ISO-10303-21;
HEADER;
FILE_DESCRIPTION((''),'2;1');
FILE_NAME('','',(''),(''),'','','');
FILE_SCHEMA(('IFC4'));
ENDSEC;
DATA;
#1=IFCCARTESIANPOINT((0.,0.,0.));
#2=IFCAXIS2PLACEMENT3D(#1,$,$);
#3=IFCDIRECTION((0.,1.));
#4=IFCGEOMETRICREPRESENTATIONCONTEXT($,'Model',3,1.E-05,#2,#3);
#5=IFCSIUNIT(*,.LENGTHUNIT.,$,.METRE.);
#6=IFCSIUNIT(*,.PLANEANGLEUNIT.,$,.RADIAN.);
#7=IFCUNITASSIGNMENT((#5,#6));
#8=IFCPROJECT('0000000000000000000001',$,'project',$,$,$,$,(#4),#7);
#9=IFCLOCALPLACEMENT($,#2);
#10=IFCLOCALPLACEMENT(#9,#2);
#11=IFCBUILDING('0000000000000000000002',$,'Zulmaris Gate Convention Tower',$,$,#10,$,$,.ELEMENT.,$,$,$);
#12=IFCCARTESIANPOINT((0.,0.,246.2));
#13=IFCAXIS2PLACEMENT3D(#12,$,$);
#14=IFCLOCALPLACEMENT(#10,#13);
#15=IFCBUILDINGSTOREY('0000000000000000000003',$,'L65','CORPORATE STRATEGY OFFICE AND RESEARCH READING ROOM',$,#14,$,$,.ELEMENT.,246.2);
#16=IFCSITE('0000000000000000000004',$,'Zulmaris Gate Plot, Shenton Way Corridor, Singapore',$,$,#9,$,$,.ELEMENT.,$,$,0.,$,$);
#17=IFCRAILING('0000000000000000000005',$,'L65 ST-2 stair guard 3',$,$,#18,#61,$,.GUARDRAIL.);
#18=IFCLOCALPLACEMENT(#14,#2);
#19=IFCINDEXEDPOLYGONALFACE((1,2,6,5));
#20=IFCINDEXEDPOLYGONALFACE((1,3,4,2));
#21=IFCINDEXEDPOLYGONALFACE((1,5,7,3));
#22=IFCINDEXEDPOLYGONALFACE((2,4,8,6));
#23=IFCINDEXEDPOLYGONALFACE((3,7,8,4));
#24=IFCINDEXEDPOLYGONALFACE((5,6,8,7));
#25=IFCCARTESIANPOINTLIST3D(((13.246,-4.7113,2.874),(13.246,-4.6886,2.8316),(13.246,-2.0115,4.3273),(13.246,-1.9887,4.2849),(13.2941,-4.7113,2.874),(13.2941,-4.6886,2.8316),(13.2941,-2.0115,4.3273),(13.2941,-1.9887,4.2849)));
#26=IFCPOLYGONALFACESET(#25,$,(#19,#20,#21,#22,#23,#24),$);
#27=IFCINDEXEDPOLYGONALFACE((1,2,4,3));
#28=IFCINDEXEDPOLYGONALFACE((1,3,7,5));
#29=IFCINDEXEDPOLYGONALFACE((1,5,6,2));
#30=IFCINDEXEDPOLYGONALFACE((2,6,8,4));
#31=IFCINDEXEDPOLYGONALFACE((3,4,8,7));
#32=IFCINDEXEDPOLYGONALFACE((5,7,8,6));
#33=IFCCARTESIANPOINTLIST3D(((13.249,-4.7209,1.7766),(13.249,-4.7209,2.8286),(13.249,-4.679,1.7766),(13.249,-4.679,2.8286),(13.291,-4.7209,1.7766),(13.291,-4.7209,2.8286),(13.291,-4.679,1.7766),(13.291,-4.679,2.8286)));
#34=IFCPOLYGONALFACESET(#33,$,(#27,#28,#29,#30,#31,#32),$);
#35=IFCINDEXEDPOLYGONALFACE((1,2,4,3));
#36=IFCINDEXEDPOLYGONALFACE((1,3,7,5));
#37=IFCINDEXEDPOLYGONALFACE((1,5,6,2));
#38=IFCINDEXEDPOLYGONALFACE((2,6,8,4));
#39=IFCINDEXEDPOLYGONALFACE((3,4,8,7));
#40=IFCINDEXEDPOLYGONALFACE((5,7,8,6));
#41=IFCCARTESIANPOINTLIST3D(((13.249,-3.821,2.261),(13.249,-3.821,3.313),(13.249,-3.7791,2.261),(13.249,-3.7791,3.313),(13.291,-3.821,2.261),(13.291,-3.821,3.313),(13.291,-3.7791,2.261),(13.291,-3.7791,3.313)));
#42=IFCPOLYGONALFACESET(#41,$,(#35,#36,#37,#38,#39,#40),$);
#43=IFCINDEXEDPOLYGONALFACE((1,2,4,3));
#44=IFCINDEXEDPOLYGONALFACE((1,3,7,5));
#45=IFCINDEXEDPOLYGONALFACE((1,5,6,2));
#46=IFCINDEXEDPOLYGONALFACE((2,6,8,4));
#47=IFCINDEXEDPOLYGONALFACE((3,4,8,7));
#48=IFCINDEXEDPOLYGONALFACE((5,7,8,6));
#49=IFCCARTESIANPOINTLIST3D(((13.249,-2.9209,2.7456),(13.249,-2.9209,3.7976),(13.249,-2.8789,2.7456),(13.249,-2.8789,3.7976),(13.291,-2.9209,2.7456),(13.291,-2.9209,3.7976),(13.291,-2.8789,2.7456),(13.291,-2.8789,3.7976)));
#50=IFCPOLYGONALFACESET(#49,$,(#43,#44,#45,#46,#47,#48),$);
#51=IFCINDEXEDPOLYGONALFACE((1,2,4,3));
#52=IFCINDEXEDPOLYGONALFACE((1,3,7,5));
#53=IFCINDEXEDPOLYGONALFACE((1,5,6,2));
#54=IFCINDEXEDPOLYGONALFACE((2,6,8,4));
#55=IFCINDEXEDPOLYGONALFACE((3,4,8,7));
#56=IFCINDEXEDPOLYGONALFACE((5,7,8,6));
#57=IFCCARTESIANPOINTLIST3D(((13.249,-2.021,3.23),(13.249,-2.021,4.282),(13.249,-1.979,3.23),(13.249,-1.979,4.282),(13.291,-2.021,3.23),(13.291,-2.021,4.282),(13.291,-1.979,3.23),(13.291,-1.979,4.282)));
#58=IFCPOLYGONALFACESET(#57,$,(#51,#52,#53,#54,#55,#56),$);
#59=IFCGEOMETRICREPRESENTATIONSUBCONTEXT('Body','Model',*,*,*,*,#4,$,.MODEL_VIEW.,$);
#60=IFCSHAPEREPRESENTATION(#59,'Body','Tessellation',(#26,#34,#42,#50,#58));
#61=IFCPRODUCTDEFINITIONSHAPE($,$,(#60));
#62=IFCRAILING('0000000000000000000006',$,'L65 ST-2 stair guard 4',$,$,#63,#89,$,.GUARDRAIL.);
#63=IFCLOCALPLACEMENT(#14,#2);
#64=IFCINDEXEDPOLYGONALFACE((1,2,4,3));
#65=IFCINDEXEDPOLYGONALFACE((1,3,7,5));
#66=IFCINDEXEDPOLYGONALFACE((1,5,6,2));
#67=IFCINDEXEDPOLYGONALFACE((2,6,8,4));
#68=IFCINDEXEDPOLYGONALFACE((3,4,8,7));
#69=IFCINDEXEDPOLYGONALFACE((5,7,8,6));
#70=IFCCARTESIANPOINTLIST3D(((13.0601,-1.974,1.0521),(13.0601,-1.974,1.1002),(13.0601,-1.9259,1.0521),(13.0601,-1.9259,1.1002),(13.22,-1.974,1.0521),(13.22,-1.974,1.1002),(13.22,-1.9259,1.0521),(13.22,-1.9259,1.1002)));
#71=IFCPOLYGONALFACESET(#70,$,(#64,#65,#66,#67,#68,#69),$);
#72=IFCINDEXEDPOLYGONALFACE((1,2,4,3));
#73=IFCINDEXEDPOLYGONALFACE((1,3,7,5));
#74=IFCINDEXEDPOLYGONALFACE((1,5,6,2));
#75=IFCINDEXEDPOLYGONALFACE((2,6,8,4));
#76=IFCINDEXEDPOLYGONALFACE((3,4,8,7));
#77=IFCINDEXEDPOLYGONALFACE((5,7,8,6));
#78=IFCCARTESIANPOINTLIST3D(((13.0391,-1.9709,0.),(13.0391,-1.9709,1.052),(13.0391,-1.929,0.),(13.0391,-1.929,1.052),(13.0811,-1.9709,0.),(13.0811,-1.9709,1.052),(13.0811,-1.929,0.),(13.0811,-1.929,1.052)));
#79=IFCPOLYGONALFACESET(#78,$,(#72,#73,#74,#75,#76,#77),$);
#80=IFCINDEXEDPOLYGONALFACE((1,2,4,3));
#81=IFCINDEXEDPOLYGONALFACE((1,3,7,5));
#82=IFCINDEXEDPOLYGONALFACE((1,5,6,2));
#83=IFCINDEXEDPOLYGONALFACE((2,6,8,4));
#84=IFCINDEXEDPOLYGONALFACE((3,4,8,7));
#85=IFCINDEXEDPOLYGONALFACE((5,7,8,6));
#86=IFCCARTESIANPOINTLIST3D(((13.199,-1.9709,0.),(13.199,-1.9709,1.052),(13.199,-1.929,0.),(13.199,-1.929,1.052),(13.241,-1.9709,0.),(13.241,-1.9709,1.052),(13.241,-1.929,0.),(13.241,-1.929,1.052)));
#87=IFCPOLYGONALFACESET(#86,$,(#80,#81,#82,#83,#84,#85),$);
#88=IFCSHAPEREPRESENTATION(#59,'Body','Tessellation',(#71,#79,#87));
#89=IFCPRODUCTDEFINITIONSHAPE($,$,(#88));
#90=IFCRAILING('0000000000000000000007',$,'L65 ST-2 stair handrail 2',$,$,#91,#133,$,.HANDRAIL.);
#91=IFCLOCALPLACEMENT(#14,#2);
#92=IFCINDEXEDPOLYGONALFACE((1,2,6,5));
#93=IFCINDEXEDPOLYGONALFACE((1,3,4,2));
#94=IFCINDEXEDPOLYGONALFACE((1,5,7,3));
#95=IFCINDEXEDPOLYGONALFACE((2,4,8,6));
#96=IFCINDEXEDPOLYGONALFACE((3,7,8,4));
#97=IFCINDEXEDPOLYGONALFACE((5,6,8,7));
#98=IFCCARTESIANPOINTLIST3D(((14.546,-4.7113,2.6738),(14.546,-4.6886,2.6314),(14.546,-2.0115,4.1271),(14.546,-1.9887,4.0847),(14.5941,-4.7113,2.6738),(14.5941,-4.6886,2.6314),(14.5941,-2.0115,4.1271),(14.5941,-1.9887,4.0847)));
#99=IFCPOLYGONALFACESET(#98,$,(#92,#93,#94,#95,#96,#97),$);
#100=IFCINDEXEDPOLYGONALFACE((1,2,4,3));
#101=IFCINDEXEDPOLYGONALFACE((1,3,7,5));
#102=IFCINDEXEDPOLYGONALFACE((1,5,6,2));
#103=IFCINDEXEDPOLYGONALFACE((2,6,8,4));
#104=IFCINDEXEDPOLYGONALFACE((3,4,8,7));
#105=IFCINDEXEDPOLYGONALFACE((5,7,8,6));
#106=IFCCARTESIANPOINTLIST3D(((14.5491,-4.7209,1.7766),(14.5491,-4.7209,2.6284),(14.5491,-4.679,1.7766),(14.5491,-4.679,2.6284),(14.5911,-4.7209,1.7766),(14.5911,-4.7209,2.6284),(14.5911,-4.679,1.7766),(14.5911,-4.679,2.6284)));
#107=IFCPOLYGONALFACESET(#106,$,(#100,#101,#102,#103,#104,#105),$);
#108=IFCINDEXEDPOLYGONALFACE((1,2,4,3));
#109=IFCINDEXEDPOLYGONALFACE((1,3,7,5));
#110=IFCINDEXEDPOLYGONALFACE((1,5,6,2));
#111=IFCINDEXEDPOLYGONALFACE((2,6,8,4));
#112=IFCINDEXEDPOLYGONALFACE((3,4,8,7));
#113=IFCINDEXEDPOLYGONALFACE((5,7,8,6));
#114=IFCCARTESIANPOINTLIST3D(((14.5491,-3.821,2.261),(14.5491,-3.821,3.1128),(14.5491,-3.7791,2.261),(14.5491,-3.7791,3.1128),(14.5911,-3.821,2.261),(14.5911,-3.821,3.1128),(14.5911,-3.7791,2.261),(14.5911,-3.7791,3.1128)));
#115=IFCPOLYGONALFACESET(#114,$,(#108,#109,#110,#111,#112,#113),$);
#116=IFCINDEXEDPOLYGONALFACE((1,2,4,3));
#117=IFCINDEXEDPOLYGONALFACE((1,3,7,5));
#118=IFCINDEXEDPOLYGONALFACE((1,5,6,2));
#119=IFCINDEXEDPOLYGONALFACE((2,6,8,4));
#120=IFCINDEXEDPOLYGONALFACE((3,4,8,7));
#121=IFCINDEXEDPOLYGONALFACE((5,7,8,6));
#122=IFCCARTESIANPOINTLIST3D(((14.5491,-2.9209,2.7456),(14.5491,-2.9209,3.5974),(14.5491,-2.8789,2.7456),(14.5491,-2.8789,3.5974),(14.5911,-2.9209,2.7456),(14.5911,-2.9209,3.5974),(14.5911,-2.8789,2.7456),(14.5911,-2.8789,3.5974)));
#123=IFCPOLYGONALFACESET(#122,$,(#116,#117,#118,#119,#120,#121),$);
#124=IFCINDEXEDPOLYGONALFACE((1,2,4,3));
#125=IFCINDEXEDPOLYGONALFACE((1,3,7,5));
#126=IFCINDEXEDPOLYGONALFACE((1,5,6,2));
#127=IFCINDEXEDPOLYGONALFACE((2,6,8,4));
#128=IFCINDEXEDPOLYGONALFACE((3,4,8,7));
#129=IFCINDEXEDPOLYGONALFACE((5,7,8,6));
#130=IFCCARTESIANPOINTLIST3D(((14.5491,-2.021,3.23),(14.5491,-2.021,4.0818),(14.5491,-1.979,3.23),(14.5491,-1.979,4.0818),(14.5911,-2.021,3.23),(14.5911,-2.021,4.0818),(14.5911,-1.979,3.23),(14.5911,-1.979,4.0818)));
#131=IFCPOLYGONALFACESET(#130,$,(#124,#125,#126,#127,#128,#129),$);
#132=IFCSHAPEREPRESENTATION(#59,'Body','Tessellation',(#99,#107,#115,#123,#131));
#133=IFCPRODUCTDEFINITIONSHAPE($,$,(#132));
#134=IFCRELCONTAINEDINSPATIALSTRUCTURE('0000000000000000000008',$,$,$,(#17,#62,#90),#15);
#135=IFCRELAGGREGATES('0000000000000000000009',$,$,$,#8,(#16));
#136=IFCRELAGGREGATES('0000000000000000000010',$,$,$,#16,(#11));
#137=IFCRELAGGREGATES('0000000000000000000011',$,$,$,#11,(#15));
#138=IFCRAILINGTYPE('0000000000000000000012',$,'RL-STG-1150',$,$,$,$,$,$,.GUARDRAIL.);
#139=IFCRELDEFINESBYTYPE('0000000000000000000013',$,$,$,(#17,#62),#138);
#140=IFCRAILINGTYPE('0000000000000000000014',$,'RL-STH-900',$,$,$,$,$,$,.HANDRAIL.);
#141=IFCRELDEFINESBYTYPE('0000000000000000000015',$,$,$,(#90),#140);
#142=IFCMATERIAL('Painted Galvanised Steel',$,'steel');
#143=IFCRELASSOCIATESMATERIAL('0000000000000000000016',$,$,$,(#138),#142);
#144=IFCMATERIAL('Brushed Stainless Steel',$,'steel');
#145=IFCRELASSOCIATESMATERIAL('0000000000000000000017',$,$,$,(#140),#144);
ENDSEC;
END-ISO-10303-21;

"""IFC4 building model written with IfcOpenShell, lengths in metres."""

from ifc_helpers import new_model, si_unit, direction, frame, origin, origin_2d, place, context, subcontext, project, spatial, rectangle, extrude, material, type_object, element, save


model = new_model("IFC4")

# Units and contexts
model_context = context("Model", 3, precision=1e-05, world=origin(), true_north=direction((0.0, 1.0)))
body_context = subcontext(model_context, "Body", "Model", "MODEL_VIEW")
ifc_project = project(units=[si_unit("LENGTHUNIT", "METRE"), si_unit("PLANEANGLEUNIT", "RADIAN")], contexts=[model_context])

# Site, building, storey
site_placement = place(None, origin())
site = spatial("IfcSite", under=ifc_project, at=site_placement, Name="Zulmaris Gate Plot, Shenton Way Corridor, Singapore", CompositionType="ELEMENT", RefElevation=0.0)
building_placement = place(site_placement, origin())
building = spatial("IfcBuilding", under=site, at=building_placement, Name="Zulmaris Gate Convention Tower", CompositionType="ELEMENT")
storey_placement = place(building_placement, frame((0.0, 0.0, 246.2)))
storey = spatial("IfcBuildingStorey", under=building, at=storey_placement, Name="L65", Description="CORPORATE STRATEGY OFFICE AND RESEARCH READING ROOM", CompositionType="ELEMENT", Elevation=246.2)

# Railings
ifc_material_1 = material(Name="Painted Galvanised Steel", Category="steel")
railing_type_1 = type_object("IfcRailingType", Name="RL-STG-1150", PredefinedType="GUARDRAIL", material=ifc_material_1)
railing_1_placement = place(storey_placement, frame((13.27, -4.7, 1.7766)))
element("IfcRailing", 1, at=railing_1_placement, inside=storey, type_object=railing_type_1, Name="L65 ST-2 stair guard 3", PredefinedType="GUARDRAIL", context=body_context, shape_type="SweptSolid", body=[
    extrude(rectangle(XDim=0.0481, YDim=0.0481, at=origin_2d()), frame((0.0, 0.0, 1.0762), z_axis=(0.0, 0.880532, 0.473986), x_axis=(-1.0, 0.0, 0.0)), (0.0, 0.0, 1.0), 3.0662),
    extrude(rectangle(XDim=0.042, YDim=0.042, at=origin_2d()), origin(), (0.0, 0.0, 1.0), 1.052),
    extrude(rectangle(XDim=0.042, YDim=0.042, at=origin_2d()), frame((0.0, 0.8999, 0.4844)), (0.0, 0.0, 1.0), 1.052),
    extrude(rectangle(XDim=0.042, YDim=0.042, at=origin_2d()), frame((0.0, 1.8, 0.969)), (0.0, 0.0, 1.0), 1.052),
    extrude(rectangle(XDim=0.042, YDim=0.042, at=origin_2d()), frame((0.0, 2.7, 1.4534)), (0.0, 0.0, 1.0), 1.052),
])
railing_2_placement = place(storey_placement, frame((13.0601, -1.95, 0.0)))
element("IfcRailing", 2, at=railing_2_placement, inside=storey, type_object=railing_type_1, Name="L65 ST-2 stair guard 4", PredefinedType="GUARDRAIL", context=body_context, shape_type="SweptSolid", body=[
    extrude(rectangle(XDim=0.0481, YDim=0.0481, at=origin_2d()), frame((0.0, 0.0, 1.0762), z_axis=(1.0, 0.0, 0.0), x_axis=(0.0, 1.0, 0.0)), (0.0, 0.0, 1.0), 0.1599),
    extrude(rectangle(XDim=0.042, YDim=0.042, at=origin_2d()), origin(), (0.0, 0.0, 1.0), 1.052),
    extrude(rectangle(XDim=0.042, YDim=0.042, at=origin_2d()), frame((0.1599, 0.0, 0.0)), (0.0, 0.0, 1.0), 1.052),
])
ifc_material_2 = material(Name="Brushed Stainless Steel", Category="steel")
railing_type_2 = type_object("IfcRailingType", Name="RL-STH-900", PredefinedType="HANDRAIL", material=ifc_material_2)
railing_3_placement = place(storey_placement, frame((14.5701, -4.7, 1.7766)))
element("IfcRailing", 3, at=railing_3_placement, inside=storey, type_object=railing_type_2, Name="L65 ST-2 stair handrail 2", PredefinedType="HANDRAIL", context=body_context, shape_type="SweptSolid", body=[
    extrude(rectangle(XDim=0.0481, YDim=0.0481, at=origin_2d()), frame((0.0, 0.0, 0.876), z_axis=(0.0, 0.880532, 0.473986), x_axis=(-1.0, 0.0, 0.0)), (0.0, 0.0, 1.0), 3.0662),
    extrude(rectangle(XDim=0.042, YDim=0.042, at=origin_2d()), origin(), (0.0, 0.0, 1.0), 0.8518),
    extrude(rectangle(XDim=0.042, YDim=0.042, at=origin_2d()), frame((0.0, 0.8999, 0.4844)), (0.0, 0.0, 1.0), 0.8518),
    extrude(rectangle(XDim=0.042, YDim=0.042, at=origin_2d()), frame((0.0, 1.8, 0.969)), (0.0, 0.0, 1.0), 0.8518),
    extrude(rectangle(XDim=0.042, YDim=0.042, at=origin_2d()), frame((0.0, 2.7, 1.4534)), (0.0, 0.0, 1.0), 0.8518),
])

save(model, "model.ifc")
